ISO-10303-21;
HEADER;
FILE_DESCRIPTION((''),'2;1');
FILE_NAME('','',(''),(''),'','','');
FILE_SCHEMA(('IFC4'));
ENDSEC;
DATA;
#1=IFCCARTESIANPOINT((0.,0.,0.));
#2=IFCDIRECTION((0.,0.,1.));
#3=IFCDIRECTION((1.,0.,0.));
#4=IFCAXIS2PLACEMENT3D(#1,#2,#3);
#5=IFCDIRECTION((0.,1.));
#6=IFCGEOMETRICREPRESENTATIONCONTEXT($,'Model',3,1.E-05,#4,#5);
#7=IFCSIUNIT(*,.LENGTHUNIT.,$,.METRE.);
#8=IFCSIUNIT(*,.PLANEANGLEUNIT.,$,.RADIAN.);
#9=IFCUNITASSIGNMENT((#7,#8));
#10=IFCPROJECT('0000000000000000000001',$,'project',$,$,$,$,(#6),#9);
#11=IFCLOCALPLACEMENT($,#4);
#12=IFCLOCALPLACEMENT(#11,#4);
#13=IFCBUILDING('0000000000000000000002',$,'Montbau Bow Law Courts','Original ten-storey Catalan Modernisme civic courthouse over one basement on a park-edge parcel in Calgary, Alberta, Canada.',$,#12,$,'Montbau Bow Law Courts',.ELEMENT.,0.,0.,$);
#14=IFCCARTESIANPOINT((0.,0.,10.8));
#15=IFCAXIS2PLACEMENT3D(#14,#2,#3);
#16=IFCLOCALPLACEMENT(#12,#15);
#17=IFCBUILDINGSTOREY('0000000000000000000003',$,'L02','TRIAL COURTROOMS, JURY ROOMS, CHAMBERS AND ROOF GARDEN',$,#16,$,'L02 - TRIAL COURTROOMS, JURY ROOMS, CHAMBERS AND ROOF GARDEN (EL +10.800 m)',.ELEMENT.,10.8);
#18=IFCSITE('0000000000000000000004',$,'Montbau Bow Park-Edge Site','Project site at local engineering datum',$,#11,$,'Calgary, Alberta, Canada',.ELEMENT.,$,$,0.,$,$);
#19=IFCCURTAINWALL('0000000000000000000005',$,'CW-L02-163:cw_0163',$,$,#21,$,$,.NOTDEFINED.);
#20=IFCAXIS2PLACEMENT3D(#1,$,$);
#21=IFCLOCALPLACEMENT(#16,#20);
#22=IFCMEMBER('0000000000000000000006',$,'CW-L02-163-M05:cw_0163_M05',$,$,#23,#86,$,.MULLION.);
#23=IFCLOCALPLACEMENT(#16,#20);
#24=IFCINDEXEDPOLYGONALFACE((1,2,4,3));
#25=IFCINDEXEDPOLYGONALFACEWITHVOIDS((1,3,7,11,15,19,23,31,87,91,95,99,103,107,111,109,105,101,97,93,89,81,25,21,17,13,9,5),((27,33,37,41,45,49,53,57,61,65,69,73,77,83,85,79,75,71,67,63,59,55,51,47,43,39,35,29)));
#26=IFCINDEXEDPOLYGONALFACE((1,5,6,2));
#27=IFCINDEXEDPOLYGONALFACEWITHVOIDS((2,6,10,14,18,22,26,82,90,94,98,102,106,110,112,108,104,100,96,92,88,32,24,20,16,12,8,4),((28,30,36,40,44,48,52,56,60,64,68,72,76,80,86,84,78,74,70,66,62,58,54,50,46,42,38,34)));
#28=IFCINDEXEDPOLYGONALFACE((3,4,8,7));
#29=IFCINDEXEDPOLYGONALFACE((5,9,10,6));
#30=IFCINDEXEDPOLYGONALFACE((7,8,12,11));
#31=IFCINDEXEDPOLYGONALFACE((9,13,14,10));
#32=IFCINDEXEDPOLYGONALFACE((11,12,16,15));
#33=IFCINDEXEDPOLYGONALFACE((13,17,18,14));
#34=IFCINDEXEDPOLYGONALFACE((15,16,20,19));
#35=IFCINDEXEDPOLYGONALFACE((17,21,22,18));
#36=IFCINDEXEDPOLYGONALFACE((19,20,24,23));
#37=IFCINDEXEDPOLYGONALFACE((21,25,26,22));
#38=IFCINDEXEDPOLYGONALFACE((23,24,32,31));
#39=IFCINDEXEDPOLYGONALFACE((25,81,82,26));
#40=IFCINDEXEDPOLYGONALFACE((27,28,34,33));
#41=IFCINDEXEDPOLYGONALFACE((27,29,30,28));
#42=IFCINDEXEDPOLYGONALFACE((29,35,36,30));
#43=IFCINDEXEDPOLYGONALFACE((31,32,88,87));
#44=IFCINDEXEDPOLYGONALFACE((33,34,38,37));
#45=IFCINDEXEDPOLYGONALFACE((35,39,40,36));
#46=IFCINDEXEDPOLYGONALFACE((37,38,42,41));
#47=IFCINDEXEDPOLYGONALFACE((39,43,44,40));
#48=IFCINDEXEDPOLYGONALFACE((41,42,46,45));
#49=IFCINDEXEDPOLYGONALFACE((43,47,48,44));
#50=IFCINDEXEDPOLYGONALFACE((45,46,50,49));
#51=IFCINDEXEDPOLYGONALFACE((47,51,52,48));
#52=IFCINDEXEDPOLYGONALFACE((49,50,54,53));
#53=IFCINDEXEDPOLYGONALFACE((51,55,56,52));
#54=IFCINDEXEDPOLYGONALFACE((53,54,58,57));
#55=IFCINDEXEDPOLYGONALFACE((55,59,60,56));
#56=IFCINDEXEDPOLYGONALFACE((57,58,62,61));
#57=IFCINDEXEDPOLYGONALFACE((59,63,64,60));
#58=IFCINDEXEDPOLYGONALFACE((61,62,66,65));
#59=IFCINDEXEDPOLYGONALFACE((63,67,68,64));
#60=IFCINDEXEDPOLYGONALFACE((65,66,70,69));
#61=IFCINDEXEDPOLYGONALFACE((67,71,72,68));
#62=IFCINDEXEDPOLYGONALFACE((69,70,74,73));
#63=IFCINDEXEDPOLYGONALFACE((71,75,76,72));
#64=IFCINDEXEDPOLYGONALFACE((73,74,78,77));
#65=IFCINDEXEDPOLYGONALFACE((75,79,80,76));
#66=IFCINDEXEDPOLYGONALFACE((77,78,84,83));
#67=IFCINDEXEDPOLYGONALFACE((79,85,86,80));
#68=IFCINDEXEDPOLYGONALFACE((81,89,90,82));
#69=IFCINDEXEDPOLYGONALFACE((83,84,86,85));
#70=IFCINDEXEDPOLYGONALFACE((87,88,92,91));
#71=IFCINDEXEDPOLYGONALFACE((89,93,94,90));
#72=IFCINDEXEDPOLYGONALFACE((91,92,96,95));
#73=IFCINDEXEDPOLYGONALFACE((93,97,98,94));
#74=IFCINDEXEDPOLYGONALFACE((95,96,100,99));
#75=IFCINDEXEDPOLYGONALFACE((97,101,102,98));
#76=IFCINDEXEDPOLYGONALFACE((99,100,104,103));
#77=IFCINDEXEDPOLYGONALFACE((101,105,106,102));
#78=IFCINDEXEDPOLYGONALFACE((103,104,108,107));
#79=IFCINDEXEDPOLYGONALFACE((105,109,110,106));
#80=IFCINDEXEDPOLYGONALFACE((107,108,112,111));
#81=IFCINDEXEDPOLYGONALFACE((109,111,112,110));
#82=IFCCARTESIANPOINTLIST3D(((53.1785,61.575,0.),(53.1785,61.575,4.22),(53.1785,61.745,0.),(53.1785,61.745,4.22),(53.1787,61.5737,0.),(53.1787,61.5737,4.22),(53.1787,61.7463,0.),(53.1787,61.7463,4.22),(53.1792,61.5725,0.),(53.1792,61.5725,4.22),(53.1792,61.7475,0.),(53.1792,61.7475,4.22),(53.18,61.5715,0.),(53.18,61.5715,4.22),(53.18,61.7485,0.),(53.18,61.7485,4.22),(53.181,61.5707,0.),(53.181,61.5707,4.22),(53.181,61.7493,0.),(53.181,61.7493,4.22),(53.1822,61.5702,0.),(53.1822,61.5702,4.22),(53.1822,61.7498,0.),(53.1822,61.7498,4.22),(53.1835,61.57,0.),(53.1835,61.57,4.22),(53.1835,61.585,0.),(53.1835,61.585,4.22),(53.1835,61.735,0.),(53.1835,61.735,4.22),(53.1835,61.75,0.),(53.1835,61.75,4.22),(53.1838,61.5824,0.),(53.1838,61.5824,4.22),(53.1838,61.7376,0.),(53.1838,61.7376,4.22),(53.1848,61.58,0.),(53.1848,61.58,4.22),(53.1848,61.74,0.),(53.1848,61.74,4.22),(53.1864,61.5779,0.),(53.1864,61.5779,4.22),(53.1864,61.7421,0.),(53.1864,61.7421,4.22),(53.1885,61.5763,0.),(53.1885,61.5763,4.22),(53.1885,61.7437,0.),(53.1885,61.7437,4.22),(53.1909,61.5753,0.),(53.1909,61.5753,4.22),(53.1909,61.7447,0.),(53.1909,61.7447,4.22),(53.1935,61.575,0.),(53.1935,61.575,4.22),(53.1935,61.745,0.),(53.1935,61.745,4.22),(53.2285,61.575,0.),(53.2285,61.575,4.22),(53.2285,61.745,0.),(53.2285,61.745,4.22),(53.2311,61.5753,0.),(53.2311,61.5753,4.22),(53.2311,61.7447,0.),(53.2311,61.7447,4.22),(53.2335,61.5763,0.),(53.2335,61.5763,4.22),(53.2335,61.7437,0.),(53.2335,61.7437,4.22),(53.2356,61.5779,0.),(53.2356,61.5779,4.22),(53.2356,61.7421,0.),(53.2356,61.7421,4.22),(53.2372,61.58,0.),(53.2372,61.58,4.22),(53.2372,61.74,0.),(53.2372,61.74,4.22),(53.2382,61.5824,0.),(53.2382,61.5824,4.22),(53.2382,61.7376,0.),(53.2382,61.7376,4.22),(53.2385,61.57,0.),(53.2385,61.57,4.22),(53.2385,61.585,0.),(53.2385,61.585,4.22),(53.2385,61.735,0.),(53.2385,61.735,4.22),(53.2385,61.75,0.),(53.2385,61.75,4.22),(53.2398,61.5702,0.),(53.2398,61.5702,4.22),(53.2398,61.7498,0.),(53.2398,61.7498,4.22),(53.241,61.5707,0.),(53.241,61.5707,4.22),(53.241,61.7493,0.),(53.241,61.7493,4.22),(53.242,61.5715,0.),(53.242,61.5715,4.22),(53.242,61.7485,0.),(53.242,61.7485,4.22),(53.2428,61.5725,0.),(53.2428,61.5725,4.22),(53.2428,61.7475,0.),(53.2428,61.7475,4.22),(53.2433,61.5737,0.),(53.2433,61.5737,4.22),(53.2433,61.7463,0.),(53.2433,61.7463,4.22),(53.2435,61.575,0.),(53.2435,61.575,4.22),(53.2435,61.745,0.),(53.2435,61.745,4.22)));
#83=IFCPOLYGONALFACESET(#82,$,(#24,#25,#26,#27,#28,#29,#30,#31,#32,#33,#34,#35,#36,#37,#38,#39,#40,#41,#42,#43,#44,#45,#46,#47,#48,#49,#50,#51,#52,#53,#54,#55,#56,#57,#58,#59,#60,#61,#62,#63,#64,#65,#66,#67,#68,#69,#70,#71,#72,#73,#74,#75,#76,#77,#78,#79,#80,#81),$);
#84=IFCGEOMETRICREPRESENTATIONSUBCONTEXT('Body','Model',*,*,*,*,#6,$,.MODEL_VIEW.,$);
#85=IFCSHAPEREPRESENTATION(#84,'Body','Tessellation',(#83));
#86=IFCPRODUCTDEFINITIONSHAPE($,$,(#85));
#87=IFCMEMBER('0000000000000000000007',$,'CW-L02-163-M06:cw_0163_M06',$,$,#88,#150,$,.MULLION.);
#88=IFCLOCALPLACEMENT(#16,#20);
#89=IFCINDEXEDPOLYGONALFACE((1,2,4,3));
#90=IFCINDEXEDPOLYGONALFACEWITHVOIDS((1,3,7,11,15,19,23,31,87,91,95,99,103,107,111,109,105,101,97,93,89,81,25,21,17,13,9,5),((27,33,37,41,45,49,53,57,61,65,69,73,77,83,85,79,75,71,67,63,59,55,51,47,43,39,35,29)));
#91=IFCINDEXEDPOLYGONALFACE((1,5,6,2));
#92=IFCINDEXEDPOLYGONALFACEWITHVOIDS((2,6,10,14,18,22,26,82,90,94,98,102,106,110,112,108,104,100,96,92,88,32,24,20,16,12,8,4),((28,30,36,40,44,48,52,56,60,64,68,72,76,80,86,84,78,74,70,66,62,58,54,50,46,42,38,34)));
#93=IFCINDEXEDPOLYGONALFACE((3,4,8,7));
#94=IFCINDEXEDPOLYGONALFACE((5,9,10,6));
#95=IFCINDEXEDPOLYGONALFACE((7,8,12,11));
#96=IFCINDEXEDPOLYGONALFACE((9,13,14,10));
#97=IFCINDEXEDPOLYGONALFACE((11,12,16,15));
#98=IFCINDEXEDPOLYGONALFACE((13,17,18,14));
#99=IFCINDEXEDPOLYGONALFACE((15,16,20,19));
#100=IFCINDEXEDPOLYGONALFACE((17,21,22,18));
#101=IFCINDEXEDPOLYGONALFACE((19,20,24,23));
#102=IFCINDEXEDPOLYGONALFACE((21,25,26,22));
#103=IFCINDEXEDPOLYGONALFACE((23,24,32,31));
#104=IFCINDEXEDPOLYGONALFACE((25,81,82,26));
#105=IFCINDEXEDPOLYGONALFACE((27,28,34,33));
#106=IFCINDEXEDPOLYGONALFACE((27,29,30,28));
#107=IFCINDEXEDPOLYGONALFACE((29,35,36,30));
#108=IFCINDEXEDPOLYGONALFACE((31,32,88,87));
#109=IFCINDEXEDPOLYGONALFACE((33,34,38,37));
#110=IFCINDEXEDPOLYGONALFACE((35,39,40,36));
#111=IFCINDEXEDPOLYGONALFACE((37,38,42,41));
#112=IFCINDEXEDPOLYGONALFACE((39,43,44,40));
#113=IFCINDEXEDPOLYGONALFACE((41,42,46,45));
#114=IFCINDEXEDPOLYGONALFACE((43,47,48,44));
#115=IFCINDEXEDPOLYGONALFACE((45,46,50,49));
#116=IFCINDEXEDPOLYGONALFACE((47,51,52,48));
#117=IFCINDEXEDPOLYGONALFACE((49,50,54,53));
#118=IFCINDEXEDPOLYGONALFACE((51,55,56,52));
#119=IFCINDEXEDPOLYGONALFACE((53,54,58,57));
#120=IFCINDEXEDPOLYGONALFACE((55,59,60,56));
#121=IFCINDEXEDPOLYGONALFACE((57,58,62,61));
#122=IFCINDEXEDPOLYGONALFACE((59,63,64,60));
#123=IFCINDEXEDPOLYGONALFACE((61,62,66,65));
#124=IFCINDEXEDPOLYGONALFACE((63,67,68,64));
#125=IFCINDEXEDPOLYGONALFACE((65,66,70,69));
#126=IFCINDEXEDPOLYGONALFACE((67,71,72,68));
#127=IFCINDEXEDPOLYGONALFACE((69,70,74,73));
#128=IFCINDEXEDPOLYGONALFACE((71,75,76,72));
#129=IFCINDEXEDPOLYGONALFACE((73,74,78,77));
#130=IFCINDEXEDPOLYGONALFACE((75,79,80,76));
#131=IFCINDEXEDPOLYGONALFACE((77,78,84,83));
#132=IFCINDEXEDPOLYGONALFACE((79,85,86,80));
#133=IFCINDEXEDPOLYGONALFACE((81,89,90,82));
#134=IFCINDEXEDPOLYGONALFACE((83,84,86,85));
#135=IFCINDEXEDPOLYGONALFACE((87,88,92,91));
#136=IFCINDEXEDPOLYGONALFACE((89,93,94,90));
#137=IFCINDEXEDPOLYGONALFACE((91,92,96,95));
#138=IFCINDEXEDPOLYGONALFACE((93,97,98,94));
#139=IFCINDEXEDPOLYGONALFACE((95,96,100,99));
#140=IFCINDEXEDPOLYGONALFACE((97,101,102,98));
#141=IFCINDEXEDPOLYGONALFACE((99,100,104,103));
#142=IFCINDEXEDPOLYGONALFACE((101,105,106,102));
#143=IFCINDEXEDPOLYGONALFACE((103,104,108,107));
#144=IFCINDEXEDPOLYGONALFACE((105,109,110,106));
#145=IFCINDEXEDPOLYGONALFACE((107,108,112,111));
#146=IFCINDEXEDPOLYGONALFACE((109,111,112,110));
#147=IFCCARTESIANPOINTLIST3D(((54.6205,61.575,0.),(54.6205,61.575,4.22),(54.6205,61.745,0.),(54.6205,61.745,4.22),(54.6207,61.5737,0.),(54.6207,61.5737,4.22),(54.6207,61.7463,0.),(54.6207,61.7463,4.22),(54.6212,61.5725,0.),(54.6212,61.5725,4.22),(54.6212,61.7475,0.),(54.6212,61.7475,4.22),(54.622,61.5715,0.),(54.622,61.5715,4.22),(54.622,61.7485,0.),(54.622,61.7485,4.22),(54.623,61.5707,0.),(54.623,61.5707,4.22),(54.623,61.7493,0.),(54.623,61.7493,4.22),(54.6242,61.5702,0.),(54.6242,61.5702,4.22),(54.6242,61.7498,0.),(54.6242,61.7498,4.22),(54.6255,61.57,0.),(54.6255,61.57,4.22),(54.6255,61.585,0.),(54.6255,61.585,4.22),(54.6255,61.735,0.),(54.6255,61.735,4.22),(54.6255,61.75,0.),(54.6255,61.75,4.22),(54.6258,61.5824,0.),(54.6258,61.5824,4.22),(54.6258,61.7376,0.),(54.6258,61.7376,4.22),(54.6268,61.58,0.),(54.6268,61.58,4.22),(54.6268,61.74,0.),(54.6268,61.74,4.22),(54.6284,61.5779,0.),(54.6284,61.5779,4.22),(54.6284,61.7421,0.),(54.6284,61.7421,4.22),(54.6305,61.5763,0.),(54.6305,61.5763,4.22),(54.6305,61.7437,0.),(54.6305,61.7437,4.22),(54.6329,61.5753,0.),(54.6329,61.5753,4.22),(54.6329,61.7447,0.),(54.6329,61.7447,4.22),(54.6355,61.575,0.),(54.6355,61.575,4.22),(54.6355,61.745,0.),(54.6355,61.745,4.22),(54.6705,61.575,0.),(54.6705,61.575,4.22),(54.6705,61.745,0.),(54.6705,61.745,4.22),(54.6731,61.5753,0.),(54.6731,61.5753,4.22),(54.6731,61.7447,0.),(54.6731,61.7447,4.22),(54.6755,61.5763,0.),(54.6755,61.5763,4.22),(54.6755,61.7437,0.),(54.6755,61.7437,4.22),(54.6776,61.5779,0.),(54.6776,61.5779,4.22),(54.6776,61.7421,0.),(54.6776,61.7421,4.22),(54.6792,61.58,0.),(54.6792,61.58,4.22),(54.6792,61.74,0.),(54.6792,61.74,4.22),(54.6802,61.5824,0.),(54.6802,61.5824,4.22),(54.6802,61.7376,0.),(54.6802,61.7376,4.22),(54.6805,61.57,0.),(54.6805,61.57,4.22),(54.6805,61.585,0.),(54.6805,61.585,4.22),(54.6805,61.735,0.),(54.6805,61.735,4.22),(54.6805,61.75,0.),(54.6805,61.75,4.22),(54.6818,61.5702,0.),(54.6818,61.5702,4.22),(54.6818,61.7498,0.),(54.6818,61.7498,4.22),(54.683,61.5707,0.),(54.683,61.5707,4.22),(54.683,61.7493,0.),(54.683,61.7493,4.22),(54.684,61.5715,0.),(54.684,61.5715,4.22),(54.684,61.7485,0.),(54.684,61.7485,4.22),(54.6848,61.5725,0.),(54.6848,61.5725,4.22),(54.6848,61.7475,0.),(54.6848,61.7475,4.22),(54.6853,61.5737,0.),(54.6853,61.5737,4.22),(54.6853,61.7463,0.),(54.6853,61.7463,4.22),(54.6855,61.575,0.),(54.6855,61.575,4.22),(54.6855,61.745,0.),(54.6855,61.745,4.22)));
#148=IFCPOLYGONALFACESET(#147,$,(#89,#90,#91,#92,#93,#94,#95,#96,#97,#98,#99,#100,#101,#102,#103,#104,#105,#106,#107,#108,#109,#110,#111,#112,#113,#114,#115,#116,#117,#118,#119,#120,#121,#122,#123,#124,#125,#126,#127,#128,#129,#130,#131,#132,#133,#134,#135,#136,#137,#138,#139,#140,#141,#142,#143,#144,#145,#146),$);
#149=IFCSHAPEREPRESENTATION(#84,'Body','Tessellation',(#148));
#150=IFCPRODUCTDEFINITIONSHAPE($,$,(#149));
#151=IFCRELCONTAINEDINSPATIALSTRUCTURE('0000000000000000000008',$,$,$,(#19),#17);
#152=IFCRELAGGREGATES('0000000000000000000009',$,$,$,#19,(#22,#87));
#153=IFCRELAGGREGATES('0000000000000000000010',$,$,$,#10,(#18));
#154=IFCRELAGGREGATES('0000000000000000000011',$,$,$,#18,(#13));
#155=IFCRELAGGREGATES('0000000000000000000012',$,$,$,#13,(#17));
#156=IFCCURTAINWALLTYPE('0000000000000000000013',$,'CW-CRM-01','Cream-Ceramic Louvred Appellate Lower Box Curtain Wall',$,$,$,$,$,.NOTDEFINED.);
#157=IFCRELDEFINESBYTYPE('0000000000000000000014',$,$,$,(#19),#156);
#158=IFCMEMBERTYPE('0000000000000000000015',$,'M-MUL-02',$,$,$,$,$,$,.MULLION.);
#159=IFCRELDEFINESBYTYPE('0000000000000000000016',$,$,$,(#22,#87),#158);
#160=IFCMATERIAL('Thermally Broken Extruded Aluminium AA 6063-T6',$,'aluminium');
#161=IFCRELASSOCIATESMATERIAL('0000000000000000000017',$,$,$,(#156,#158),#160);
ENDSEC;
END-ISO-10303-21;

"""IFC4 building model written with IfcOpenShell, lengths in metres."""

from ifc_helpers import new_model, si_unit, direction, frame, origin_with_axes, origin_2d_with_axis, place, context, subcontext, project, spatial, hollow_rectangle, extrude, material, material_profile, profile_set, type_object, element, aggregate, save


model = new_model("IFC4")

# Units and contexts
model_context = context("Model", 3, precision=1e-05, world=origin_with_axes(), true_north=direction((0.0, 1.0)))
body_context = subcontext(model_context, "Body", "Model", "MODEL_VIEW")
ifc_project = project(units=[si_unit("LENGTHUNIT", "METRE"), si_unit("PLANEANGLEUNIT", "RADIAN")], contexts=[model_context])

# Site, building, storey
site_placement = place(None, origin_with_axes())
site = spatial("IfcSite", under=ifc_project, at=site_placement, Name="Montbau Bow Park-Edge Site", Description="Project site at local engineering datum", LongName="Calgary, Alberta, Canada", CompositionType="ELEMENT", RefElevation=0.0)
building_placement = place(site_placement, origin_with_axes())
building = spatial("IfcBuilding", under=site, at=building_placement, Name="Montbau Bow Law Courts", Description="Original ten-storey Catalan Modernisme civic courthouse over one basement on a park-edge parcel in Calgary, Alberta, Canada.", LongName="Montbau Bow Law Courts", CompositionType="ELEMENT", ElevationOfRefHeight=0.0, ElevationOfTerrain=0.0)
storey_placement = place(building_placement, frame((0.0, 0.0, 10.8), z_axis=(0.0, 0.0, 1.0), x_axis=(1.0, 0.0, 0.0)))
storey = spatial("IfcBuildingStorey", under=building, at=storey_placement, Name="L02", Description="TRIAL COURTROOMS, JURY ROOMS, CHAMBERS AND ROOF GARDEN", LongName="L02 - TRIAL COURTROOMS, JURY ROOMS, CHAMBERS AND ROOF GARDEN (EL +10.800 m)", CompositionType="ELEMENT", Elevation=10.8)

# Curtain wall, members
ifc_material_1 = material(Name="Thermally Broken Extruded Aluminium AA 6063-T6", Category="aluminium")
curtain_wall_type = type_object("IfcCurtainWallType", Name="CW-CRM-01", Description="Cream-Ceramic Louvred Appellate Lower Box Curtain Wall", PredefinedType="NOTDEFINED", material=ifc_material_1)
curtain_wall_1_placement = place(None, frame((47.315, 61.66, 10.8), z_axis=(0.0, 0.0, 1.0), x_axis=(1.0, 0.0, 0.0)))
curtain_wall_1 = element("IfcCurtainWall", 1, at=curtain_wall_1_placement, inside=storey, type_object=curtain_wall_type, Name="CW-L02-163:cw_0163", PredefinedType="NOTDEFINED")
ifc_material_profile_1 = material_profile(ifc_material_1, hollow_rectangle(XDim=0.065, YDim=0.18, WallThickness=0.005, InnerFilletRadius=0.01, OuterFilletRadius=0.005, at=origin_2d_with_axis()), Name="CWM-180X65", Category="Main", Priority=0)
ifc_profile_set_1 = profile_set([ifc_material_profile_1], Name="Thermally Broken Extruded Aluminium AA 6063-T6")
member_type_1 = type_object("IfcMemberType", Name="M-MUL-02", PredefinedType="MULLION", material=ifc_profile_set_1)
member_1_placement = place(None, frame((53.211, 61.66, 10.8), z_axis=(0.0, 0.0, 1.0), x_axis=(1.0, 0.0, 0.0)))
member_1 = element("IfcMember", 2, at=member_1_placement, type_object=member_type_1, Name="CW-L02-163-M05:cw_0163_M05", PredefinedType="MULLION", context=body_context, shape_type="SweptSolid", body=[
    extrude(hollow_rectangle(XDim=0.065, YDim=0.18, WallThickness=0.005, InnerFilletRadius=0.01, OuterFilletRadius=0.005, at=origin_2d_with_axis()), origin_with_axes(), (0.0, 0.0, 1.0), 4.22),
])
member_2_placement = place(None, frame((54.653, 61.66, 10.8), z_axis=(0.0, 0.0, 1.0), x_axis=(1.0, 0.0, 0.0)))
member_2 = element("IfcMember", 3, at=member_2_placement, type_object=member_type_1, Name="CW-L02-163-M06:cw_0163_M06", PredefinedType="MULLION", context=body_context, shape_type="SweptSolid", body=[
    extrude(hollow_rectangle(XDim=0.065, YDim=0.18, WallThickness=0.005, InnerFilletRadius=0.01, OuterFilletRadius=0.005, at=origin_2d_with_axis()), origin_with_axes(), (0.0, 0.0, 1.0), 4.22),
])

aggregate(curtain_wall_1, [member_1, member_2])

save(model, "model.ifc")
